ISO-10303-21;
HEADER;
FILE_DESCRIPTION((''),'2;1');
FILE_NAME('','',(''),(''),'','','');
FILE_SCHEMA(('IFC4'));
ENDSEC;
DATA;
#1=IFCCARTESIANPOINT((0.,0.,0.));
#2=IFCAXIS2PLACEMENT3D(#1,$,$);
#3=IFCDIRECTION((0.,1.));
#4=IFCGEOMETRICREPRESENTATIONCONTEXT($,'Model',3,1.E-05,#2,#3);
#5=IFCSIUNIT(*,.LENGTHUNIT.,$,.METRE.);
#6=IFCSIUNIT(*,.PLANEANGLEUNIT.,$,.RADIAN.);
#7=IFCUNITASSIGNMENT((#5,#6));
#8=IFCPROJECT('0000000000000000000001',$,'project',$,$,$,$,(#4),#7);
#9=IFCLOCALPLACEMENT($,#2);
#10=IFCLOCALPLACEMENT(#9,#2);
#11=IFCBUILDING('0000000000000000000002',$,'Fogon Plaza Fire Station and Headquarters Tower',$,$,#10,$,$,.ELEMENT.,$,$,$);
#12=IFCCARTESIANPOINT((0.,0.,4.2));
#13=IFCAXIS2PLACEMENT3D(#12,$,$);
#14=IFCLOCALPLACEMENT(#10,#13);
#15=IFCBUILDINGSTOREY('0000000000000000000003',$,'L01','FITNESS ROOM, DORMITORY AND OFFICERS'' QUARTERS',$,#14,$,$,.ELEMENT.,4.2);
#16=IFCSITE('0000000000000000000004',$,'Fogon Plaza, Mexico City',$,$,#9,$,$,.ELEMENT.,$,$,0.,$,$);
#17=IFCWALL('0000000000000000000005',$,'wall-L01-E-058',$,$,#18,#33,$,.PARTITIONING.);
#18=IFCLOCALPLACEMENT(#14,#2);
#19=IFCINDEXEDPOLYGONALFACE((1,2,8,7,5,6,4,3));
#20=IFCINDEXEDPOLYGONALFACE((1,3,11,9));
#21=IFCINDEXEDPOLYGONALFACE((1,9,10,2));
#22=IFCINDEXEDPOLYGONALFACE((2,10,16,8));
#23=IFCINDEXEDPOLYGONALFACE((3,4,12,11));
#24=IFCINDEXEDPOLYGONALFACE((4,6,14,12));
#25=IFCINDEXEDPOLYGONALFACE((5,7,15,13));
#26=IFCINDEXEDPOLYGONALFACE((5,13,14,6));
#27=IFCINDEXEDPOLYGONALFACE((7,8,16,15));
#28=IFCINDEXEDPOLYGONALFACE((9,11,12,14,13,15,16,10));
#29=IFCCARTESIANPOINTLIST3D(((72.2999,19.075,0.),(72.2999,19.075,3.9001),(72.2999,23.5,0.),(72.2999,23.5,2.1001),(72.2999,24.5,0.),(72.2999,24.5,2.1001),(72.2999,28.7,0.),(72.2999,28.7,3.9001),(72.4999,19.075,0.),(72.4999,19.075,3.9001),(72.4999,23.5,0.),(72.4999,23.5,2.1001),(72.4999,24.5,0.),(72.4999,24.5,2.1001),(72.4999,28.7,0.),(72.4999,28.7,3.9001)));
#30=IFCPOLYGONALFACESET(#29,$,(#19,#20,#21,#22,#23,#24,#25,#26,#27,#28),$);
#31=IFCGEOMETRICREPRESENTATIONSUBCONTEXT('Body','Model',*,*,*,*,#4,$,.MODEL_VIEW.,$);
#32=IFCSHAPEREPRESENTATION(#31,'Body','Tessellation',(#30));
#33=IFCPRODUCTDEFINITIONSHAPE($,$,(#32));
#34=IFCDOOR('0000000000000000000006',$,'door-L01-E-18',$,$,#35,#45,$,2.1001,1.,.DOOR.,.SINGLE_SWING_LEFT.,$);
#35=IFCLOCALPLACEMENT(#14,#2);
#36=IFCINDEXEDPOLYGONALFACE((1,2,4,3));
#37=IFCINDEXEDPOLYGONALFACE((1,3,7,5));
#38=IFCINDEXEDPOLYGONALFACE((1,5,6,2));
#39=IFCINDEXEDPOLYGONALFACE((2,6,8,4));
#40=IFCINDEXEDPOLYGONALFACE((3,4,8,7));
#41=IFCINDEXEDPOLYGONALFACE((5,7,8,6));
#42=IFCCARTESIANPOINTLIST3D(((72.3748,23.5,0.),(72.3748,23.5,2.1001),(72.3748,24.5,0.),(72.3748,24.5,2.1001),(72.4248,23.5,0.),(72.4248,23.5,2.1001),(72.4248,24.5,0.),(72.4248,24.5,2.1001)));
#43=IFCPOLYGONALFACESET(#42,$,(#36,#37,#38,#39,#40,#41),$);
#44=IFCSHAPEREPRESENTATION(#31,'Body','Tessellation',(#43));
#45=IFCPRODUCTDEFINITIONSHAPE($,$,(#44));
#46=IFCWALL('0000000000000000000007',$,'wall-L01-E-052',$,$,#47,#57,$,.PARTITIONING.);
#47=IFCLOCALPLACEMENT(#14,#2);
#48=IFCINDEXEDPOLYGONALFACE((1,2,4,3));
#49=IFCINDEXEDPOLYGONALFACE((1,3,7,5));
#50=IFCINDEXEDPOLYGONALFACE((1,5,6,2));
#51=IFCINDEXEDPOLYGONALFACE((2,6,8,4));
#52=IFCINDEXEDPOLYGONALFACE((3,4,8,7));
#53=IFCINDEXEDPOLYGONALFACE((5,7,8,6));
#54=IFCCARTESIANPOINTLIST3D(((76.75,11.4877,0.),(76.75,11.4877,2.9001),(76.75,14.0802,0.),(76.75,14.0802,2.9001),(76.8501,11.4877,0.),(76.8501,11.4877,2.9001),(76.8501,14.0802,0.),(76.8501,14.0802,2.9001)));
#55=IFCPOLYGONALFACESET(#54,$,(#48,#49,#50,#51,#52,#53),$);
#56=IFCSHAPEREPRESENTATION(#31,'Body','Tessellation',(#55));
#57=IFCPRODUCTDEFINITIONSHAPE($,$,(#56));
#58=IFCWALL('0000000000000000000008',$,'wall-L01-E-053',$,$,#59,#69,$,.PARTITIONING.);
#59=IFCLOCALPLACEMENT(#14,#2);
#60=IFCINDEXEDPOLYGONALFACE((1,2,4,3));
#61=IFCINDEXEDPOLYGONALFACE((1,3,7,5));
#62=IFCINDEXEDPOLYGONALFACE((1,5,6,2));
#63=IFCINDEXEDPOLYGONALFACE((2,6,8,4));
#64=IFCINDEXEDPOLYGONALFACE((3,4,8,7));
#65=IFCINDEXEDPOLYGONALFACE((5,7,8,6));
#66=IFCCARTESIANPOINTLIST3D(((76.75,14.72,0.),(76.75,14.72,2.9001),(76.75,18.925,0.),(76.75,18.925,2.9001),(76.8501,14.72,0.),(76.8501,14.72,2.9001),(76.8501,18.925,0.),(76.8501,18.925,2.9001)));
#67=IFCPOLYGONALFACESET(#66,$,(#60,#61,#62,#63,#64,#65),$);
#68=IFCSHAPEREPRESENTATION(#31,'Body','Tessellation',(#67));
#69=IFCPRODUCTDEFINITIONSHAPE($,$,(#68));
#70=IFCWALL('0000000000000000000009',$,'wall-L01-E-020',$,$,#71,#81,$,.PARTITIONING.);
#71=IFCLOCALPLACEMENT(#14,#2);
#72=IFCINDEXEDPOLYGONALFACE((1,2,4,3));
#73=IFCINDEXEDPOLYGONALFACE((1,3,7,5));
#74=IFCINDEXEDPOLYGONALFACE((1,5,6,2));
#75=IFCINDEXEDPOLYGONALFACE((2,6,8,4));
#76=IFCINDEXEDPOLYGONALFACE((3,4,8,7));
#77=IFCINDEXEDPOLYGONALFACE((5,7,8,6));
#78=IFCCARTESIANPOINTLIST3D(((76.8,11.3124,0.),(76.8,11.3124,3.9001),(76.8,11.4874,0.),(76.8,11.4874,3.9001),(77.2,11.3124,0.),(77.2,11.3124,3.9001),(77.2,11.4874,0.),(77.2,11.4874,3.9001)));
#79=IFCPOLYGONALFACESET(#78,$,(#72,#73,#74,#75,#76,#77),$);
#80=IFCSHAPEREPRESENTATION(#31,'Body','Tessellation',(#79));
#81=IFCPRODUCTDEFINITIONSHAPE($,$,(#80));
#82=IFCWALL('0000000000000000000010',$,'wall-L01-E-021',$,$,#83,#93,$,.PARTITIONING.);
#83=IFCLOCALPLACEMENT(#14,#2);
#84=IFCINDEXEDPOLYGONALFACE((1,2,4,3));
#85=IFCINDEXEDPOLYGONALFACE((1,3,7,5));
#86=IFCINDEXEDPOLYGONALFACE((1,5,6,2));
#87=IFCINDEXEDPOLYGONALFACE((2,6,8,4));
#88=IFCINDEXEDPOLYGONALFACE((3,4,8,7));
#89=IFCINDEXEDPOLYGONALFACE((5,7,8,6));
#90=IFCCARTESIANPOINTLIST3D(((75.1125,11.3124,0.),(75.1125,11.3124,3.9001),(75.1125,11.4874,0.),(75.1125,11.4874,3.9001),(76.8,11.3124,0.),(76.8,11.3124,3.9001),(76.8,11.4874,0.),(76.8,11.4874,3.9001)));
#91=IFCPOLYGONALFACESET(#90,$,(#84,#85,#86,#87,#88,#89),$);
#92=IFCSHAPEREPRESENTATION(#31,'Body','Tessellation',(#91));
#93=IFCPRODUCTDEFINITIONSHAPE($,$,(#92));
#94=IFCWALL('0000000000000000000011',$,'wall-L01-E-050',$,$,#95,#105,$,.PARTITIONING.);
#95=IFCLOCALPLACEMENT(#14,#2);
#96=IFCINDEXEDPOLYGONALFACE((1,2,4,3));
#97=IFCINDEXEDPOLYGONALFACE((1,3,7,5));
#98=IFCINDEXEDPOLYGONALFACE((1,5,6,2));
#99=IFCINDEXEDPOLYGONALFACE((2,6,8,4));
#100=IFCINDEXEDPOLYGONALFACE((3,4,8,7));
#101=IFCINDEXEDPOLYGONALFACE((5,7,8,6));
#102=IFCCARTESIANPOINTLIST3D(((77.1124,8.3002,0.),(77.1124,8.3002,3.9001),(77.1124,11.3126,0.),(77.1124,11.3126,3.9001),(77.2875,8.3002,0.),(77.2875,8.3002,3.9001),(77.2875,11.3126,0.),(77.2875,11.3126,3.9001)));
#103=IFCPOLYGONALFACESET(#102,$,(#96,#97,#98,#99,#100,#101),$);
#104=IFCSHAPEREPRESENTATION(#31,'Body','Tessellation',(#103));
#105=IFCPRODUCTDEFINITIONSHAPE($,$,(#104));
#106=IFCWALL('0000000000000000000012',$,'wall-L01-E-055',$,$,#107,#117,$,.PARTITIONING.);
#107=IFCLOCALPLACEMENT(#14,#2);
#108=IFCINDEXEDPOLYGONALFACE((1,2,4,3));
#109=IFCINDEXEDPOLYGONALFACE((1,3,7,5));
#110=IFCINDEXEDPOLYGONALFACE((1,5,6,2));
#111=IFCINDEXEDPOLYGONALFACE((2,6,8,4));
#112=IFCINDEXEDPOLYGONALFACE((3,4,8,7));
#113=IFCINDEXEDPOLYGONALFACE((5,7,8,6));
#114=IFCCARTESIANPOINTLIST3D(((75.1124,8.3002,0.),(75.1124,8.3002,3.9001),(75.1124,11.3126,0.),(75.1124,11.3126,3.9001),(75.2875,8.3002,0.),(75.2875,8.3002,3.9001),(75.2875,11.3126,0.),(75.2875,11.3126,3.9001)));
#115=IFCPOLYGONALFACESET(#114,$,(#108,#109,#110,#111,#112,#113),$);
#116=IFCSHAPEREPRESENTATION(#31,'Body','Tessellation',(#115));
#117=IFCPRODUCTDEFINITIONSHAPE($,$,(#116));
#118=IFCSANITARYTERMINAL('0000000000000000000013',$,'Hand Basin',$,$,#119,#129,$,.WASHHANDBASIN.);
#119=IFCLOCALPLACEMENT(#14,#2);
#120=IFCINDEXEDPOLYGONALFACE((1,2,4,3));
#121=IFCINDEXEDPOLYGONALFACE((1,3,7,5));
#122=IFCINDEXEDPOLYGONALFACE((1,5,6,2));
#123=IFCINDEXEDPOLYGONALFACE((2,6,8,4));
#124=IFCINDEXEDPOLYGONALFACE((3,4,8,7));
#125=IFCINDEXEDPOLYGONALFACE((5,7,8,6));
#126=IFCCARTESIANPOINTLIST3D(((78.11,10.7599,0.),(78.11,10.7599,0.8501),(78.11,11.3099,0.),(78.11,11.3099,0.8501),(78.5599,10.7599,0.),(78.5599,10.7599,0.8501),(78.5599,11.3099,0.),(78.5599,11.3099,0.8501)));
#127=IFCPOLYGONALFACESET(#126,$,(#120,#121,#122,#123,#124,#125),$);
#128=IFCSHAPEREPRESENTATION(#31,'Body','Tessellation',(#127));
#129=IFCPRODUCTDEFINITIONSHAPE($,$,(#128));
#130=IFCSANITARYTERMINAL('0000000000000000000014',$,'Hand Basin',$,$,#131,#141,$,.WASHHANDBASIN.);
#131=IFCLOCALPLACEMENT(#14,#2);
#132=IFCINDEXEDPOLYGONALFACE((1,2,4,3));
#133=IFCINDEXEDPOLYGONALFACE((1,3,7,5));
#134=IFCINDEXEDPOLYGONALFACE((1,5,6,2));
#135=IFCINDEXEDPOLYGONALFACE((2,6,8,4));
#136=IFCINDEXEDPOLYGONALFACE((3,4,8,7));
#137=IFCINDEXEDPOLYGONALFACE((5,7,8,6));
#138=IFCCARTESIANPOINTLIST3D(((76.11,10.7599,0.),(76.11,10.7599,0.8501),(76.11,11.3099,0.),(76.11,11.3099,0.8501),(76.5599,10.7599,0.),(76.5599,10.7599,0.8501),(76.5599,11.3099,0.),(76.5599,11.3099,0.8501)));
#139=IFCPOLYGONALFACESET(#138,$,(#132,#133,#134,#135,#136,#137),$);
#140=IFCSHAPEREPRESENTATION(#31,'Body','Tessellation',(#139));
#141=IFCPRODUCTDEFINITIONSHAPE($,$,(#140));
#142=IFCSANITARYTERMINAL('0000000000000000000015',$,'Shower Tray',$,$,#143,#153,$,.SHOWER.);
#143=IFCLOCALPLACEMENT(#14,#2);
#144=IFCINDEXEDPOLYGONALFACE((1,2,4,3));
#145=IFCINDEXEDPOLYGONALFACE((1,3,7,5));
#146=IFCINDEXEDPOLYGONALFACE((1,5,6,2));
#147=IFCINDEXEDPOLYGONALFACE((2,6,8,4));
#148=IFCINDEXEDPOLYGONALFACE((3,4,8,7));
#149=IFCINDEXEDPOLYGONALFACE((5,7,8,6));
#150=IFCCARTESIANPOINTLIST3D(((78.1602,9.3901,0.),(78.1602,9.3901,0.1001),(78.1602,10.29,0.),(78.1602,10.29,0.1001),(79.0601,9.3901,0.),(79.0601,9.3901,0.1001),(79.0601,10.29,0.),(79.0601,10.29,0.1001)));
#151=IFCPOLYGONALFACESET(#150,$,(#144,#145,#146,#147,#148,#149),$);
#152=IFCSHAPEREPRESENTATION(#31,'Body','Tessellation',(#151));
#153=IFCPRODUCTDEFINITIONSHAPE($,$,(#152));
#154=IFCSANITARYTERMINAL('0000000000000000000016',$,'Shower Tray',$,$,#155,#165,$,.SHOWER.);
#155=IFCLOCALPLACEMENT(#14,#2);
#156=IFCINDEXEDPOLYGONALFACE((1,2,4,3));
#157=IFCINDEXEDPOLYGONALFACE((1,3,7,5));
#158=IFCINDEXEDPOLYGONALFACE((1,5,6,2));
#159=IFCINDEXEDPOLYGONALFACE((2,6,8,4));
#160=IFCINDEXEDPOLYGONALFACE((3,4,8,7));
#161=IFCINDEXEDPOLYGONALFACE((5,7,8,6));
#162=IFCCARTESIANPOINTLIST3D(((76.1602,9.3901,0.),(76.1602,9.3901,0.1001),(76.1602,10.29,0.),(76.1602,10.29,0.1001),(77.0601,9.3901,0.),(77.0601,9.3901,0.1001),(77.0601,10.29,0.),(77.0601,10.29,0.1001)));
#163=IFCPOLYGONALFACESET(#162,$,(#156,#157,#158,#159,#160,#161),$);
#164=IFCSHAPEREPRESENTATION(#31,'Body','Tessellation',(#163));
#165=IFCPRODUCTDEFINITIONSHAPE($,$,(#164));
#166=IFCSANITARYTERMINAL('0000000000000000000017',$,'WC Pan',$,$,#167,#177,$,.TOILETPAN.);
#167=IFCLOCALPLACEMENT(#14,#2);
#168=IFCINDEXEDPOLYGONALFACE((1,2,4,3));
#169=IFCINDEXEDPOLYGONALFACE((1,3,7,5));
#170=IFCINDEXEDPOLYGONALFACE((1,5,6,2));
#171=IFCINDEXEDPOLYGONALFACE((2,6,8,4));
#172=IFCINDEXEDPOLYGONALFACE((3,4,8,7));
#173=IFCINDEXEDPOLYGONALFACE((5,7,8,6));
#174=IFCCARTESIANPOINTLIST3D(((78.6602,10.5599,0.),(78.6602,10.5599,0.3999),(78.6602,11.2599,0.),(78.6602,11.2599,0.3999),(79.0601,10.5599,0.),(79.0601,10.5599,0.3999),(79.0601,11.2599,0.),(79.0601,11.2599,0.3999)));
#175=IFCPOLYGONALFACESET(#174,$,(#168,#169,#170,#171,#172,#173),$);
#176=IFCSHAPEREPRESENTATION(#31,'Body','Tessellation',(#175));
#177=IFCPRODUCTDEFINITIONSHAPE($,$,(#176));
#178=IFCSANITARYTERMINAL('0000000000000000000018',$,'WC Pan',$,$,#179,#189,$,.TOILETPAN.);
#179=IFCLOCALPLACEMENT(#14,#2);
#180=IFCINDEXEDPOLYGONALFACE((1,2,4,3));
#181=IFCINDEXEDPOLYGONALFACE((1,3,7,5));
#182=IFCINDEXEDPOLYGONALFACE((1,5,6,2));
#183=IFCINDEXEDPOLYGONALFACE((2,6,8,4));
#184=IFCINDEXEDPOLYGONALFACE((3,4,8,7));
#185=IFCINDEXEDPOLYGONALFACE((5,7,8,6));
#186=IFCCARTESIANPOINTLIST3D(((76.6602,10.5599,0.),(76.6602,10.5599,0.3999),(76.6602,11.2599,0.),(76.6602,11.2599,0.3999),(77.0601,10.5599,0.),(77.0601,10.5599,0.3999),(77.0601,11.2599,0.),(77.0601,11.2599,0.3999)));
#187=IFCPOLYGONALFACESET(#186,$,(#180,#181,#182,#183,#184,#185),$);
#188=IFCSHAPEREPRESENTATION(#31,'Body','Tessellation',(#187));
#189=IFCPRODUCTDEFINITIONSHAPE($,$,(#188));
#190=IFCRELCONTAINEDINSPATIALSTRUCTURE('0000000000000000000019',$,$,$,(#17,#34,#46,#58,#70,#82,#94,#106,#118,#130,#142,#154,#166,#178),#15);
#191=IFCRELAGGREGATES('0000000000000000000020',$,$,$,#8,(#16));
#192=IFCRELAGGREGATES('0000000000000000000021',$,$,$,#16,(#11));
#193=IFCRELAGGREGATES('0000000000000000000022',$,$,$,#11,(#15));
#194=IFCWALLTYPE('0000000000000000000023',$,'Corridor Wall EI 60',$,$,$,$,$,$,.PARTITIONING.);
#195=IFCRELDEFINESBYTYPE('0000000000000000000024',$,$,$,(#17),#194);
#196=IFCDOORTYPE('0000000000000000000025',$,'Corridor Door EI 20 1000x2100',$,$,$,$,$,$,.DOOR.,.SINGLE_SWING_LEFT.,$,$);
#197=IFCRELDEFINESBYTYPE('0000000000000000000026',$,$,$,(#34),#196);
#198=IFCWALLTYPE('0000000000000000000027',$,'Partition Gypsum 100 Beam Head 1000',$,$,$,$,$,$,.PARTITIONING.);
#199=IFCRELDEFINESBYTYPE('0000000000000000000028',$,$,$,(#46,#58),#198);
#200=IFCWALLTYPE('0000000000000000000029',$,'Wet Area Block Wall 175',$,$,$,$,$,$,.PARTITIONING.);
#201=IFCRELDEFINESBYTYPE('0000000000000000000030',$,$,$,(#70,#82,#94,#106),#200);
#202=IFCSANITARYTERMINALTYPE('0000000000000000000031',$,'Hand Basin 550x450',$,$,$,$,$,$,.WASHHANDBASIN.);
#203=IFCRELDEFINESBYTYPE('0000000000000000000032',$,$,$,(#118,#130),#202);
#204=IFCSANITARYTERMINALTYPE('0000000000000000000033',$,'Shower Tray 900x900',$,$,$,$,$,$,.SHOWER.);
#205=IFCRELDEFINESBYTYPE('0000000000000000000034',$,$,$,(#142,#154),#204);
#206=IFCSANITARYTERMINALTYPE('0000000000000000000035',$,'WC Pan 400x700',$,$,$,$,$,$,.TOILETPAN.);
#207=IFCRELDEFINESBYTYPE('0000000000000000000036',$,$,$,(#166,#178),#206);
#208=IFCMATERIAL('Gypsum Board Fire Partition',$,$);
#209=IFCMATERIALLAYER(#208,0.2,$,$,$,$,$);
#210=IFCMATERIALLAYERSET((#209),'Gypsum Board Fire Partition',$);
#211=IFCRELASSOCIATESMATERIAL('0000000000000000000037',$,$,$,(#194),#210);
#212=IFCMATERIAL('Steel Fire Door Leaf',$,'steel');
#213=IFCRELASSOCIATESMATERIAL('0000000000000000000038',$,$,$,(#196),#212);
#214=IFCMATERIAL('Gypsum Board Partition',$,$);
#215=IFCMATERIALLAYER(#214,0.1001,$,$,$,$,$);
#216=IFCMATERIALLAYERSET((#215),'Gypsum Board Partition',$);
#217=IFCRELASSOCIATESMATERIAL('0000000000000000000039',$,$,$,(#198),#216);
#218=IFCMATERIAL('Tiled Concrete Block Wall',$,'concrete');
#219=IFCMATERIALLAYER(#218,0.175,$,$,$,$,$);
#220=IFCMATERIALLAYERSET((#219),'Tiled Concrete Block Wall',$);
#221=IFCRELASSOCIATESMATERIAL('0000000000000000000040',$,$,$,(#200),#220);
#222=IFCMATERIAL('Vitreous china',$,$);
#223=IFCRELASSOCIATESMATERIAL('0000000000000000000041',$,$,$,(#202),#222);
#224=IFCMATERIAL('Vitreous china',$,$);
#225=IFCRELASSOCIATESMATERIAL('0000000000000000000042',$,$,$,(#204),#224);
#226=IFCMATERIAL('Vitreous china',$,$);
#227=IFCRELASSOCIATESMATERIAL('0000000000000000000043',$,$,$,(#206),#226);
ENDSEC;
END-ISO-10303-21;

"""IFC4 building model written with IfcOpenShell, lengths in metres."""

from ifc_helpers import new_model, si_unit, direction, frame, frame_2d, origin, origin_2d, place, context, subcontext, project, spatial, rectangle, extrude, material, layer, layer_set, type_object, element, fill, save


model = new_model("IFC4")

# Units and contexts
model_context = context("Model", 3, precision=1e-05, world=origin(), true_north=direction((0.0, 1.0)))
body_context = subcontext(model_context, "Body", "Model", "MODEL_VIEW")
ifc_project = project(units=[si_unit("LENGTHUNIT", "METRE"), si_unit("PLANEANGLEUNIT", "RADIAN")], contexts=[model_context])

# Site, building, storey
site_placement = place(None, origin())
site = spatial("IfcSite", under=ifc_project, at=site_placement, Name="Fogon Plaza, Mexico City", CompositionType="ELEMENT", RefElevation=0.0)
building_placement = place(site_placement, origin())
building = spatial("IfcBuilding", under=site, at=building_placement, Name="Fogon Plaza Fire Station and Headquarters Tower", CompositionType="ELEMENT")
storey_placement = place(building_placement, frame((0.0, 0.0, 4.2)))
storey = spatial("IfcBuildingStorey", under=building, at=storey_placement, Name="L01", Description="FITNESS ROOM, DORMITORY AND OFFICERS' QUARTERS", CompositionType="ELEMENT", Elevation=4.2)

# Wall, opening, door
ifc_material_1 = material(Name="Gypsum Board Fire Partition")
ifc_layer_1 = layer(ifc_material_1, 0.2)
ifc_layer_set_1 = layer_set([ifc_layer_1], Name="Gypsum Board Fire Partition")
wall_type_1 = type_object("IfcWallType", Name="Corridor Wall EI 60", PredefinedType="PARTITIONING", material=ifc_layer_set_1)
ifc_material_2 = material(Name="Steel Fire Door Leaf", Category="steel")
door_type = type_object("IfcDoorType", Name="Corridor Door EI 20 1000x2100", OperationType="SINGLE_SWING_LEFT", PredefinedType="DOOR", material=ifc_material_2)
wall_1_placement = place(storey_placement, frame((72.3999, 19.075, 0.0), z_axis=(0.0, 0.0, 1.0), x_axis=(0.0, 1.0, 0.0)))
wall_1 = element("IfcWall", 1, at=wall_1_placement, inside=storey, type_object=wall_type_1, Name="wall-L01-E-058", PredefinedType="PARTITIONING", context=body_context, shape_type="SweptSolid", body=[
    extrude(rectangle(XDim=9.625, YDim=0.2, at=frame_2d((4.8125, 0.0))), origin(), (0.0, 0.0, 1.0), 3.9001),
])
opening_1_placement = place(wall_1_placement, frame((4.425, 0.0, 0.0)))
opening_1 = element("IfcOpeningElement", 2, at=opening_1_placement, cuts=wall_1, PredefinedType="OPENING", context=body_context, shape_type="SweptSolid", body=[
    extrude(rectangle(XDim=1.0, YDim=2.1001, at=frame_2d((0.5, 1.05))), frame((0.0, 0.1099, 0.0), z_axis=(0.0, -1.0, 0.0), x_axis=(1.0, 0.0, 0.0)), (0.0, 0.0, 1.0), 0.22),
])
door_1_placement = place(opening_1_placement, frame((1.0, 0.0, 0.0), z_axis=(0.0, 0.0, 1.0), x_axis=(-1.0, 0.0, 0.0)))
door_1 = element("IfcDoor", 3, at=door_1_placement, inside=storey, type_object=door_type, Name="door-L01-E-18", OperationType="SINGLE_SWING_LEFT", OverallHeight=2.1001, OverallWidth=1.0, PredefinedType="DOOR", context=body_context, shape_type="SweptSolid", body=[
    extrude(rectangle(XDim=1.0, YDim=2.1001, at=frame_2d((0.5, 1.05))), frame((0.0, 0.0249, 0.0), z_axis=(0.0, -1.0, 0.0), x_axis=(1.0, 0.0, 0.0)), (0.0, 0.0, 1.0), 0.05),
])
fill(opening_1, door_1)

# Walls
ifc_material_3 = material(Name="Gypsum Board Partition")
ifc_layer_2 = layer(ifc_material_3, 0.1001)
ifc_layer_set_2 = layer_set([ifc_layer_2], Name="Gypsum Board Partition")
wall_type_2 = type_object("IfcWallType", Name="Partition Gypsum 100 Beam Head 1000", PredefinedType="PARTITIONING", material=ifc_layer_set_2)
wall_2_placement = place(storey_placement, frame((76.8, 11.4875, 0.0), z_axis=(0.0, 0.0, 1.0), x_axis=(0.0, 1.0, 0.0)))
element("IfcWall", 4, at=wall_2_placement, inside=storey, type_object=wall_type_2, Name="wall-L01-E-052", PredefinedType="PARTITIONING", context=body_context, shape_type="SweptSolid", body=[
    extrude(rectangle(XDim=2.5925, YDim=0.1001, at=frame_2d((1.2964, 0.0))), origin(), (0.0, 0.0, 1.0), 2.9001),
])
wall_3_placement = place(storey_placement, frame((76.8, 14.72, 0.0), z_axis=(0.0, 0.0, 1.0), x_axis=(0.0, 1.0, 0.0)))
element("IfcWall", 5, at=wall_3_placement, inside=storey, type_object=wall_type_2, Name="wall-L01-E-053", PredefinedType="PARTITIONING", context=body_context, shape_type="SweptSolid", body=[
    extrude(rectangle(XDim=4.2051, YDim=0.1001, at=frame_2d((2.1025, 0.0))), origin(), (0.0, 0.0, 1.0), 2.9001),
])
ifc_material_4 = material(Name="Tiled Concrete Block Wall", Category="concrete")
ifc_layer_3 = layer(ifc_material_4, 0.175)
ifc_layer_set_3 = layer_set([ifc_layer_3], Name="Tiled Concrete Block Wall")
wall_type_3 = type_object("IfcWallType", Name="Wet Area Block Wall 175", PredefinedType="PARTITIONING", material=ifc_layer_set_3)
wall_4_placement = place(storey_placement, frame((77.2, 11.3999, 0.0), z_axis=(0.0, 0.0, 1.0), x_axis=(-1.0, 0.0, 0.0)))
element("IfcWall", 6, at=wall_4_placement, inside=storey, type_object=wall_type_3, Name="wall-L01-E-020", PredefinedType="PARTITIONING", context=body_context, shape_type="SweptSolid", body=[
    extrude(rectangle(XDim=0.3999, YDim=0.175, at=frame_2d((0.2, 0.0))), origin(), (0.0, 0.0, 1.0), 3.9001),
])
wall_5_placement = place(storey_placement, frame((76.8, 11.3999, 0.0), z_axis=(0.0, 0.0, 1.0), x_axis=(-1.0, 0.0, 0.0)))
element("IfcWall", 7, at=wall_5_placement, inside=storey, type_object=wall_type_3, Name="wall-L01-E-021", PredefinedType="PARTITIONING", context=body_context, shape_type="SweptSolid", body=[
    extrude(rectangle(XDim=1.6875, YDim=0.175, at=frame_2d((0.8438, 0.0))), origin(), (0.0, 0.0, 1.0), 3.9001),
])
for number, where, z_axis, x_axis, name in (
    (8, (77.2, 8.3, 0.0), (0.0, 0.0, 1.0), (0.0, 1.0, 0.0), "wall-L01-E-050"),
    (9, (75.2, 8.3, 0.0), (0.0, 0.0, 1.0), (0.0, 1.0, 0.0), "wall-L01-E-055"),
):
    element("IfcWall", number, at=place(storey_placement, frame(where, z_axis=z_axis, x_axis=x_axis)), inside=storey, type_object=wall_type_3, Name=name, PredefinedType="PARTITIONING", context=body_context, shape_type="SweptSolid", body=[
        extrude(rectangle(XDim=3.0125, YDim=0.175, at=frame_2d((1.5063, 0.0))), origin(), (0.0, 0.0, 1.0), 3.9001),
    ])

# Sanitary terminals
ifc_material_5 = material(Name="Vitreous china")
sanitary_terminal_type_1 = type_object("IfcSanitaryTerminalType", Name="Hand Basin 550x450", PredefinedType="WASHHANDBASIN", material=ifc_material_5)
for number, where, z_axis, x_axis, name in (
    (10, (78.335, 11.0349, 0.0), (0.0, 0.0, 1.0), (1.0, 0.0, 0.0), "Hand Basin"),
    (11, (76.335, 11.0349, 0.0), (0.0, 0.0, 1.0), (1.0, 0.0, 0.0), "Hand Basin"),
):
    element("IfcSanitaryTerminal", number, at=place(storey_placement, frame(where, z_axis=z_axis, x_axis=x_axis)), inside=storey, type_object=sanitary_terminal_type_1, Name=name, PredefinedType="WASHHANDBASIN", context=body_context, shape_type="SweptSolid", body=[
        extrude(rectangle(XDim=0.45, YDim=0.55, at=origin_2d()), origin(), (0.0, 0.0, 1.0), 0.8501),
    ])
ifc_material_6 = material(Name="Vitreous china")
sanitary_terminal_type_2 = type_object("IfcSanitaryTerminalType", Name="Shower Tray 900x900", PredefinedType="SHOWER", material=ifc_material_6)
for number, where, z_axis, x_axis, name in (
    (12, (78.6101, 9.8401, 0.0), (0.0, 0.0, 1.0), (1.0, 0.0, 0.0), "Shower Tray"),
    (13, (76.6101, 9.8401, 0.0), (0.0, 0.0, 1.0), (1.0, 0.0, 0.0), "Shower Tray"),
):
    element("IfcSanitaryTerminal", number, at=place(storey_placement, frame(where, z_axis=z_axis, x_axis=x_axis)), inside=storey, type_object=sanitary_terminal_type_2, Name=name, PredefinedType="SHOWER", context=body_context, shape_type="SweptSolid", body=[
        extrude(rectangle(XDim=0.8999, YDim=0.8999, at=origin_2d()), origin(), (0.0, 0.0, 1.0), 0.1001),
    ])
ifc_material_7 = material(Name="Vitreous china")
sanitary_terminal_type_3 = type_object("IfcSanitaryTerminalType", Name="WC Pan 400x700", PredefinedType="TOILETPAN", material=ifc_material_7)
for number, where, z_axis, x_axis, name in (
    (14, (78.8601, 10.9099, 0.0), (0.0, 0.0, 1.0), (1.0, 0.0, 0.0), "WC Pan"),
    (15, (76.8601, 10.9099, 0.0), (0.0, 0.0, 1.0), (1.0, 0.0, 0.0), "WC Pan"),
):
    element("IfcSanitaryTerminal", number, at=place(storey_placement, frame(where, z_axis=z_axis, x_axis=x_axis)), inside=storey, type_object=sanitary_terminal_type_3, Name=name, PredefinedType="TOILETPAN", context=body_context, shape_type="SweptSolid", body=[
        extrude(rectangle(XDim=0.3999, YDim=0.7, at=origin_2d()), origin(), (0.0, 0.0, 1.0), 0.3999),
    ])

save(model, "model.ifc")
